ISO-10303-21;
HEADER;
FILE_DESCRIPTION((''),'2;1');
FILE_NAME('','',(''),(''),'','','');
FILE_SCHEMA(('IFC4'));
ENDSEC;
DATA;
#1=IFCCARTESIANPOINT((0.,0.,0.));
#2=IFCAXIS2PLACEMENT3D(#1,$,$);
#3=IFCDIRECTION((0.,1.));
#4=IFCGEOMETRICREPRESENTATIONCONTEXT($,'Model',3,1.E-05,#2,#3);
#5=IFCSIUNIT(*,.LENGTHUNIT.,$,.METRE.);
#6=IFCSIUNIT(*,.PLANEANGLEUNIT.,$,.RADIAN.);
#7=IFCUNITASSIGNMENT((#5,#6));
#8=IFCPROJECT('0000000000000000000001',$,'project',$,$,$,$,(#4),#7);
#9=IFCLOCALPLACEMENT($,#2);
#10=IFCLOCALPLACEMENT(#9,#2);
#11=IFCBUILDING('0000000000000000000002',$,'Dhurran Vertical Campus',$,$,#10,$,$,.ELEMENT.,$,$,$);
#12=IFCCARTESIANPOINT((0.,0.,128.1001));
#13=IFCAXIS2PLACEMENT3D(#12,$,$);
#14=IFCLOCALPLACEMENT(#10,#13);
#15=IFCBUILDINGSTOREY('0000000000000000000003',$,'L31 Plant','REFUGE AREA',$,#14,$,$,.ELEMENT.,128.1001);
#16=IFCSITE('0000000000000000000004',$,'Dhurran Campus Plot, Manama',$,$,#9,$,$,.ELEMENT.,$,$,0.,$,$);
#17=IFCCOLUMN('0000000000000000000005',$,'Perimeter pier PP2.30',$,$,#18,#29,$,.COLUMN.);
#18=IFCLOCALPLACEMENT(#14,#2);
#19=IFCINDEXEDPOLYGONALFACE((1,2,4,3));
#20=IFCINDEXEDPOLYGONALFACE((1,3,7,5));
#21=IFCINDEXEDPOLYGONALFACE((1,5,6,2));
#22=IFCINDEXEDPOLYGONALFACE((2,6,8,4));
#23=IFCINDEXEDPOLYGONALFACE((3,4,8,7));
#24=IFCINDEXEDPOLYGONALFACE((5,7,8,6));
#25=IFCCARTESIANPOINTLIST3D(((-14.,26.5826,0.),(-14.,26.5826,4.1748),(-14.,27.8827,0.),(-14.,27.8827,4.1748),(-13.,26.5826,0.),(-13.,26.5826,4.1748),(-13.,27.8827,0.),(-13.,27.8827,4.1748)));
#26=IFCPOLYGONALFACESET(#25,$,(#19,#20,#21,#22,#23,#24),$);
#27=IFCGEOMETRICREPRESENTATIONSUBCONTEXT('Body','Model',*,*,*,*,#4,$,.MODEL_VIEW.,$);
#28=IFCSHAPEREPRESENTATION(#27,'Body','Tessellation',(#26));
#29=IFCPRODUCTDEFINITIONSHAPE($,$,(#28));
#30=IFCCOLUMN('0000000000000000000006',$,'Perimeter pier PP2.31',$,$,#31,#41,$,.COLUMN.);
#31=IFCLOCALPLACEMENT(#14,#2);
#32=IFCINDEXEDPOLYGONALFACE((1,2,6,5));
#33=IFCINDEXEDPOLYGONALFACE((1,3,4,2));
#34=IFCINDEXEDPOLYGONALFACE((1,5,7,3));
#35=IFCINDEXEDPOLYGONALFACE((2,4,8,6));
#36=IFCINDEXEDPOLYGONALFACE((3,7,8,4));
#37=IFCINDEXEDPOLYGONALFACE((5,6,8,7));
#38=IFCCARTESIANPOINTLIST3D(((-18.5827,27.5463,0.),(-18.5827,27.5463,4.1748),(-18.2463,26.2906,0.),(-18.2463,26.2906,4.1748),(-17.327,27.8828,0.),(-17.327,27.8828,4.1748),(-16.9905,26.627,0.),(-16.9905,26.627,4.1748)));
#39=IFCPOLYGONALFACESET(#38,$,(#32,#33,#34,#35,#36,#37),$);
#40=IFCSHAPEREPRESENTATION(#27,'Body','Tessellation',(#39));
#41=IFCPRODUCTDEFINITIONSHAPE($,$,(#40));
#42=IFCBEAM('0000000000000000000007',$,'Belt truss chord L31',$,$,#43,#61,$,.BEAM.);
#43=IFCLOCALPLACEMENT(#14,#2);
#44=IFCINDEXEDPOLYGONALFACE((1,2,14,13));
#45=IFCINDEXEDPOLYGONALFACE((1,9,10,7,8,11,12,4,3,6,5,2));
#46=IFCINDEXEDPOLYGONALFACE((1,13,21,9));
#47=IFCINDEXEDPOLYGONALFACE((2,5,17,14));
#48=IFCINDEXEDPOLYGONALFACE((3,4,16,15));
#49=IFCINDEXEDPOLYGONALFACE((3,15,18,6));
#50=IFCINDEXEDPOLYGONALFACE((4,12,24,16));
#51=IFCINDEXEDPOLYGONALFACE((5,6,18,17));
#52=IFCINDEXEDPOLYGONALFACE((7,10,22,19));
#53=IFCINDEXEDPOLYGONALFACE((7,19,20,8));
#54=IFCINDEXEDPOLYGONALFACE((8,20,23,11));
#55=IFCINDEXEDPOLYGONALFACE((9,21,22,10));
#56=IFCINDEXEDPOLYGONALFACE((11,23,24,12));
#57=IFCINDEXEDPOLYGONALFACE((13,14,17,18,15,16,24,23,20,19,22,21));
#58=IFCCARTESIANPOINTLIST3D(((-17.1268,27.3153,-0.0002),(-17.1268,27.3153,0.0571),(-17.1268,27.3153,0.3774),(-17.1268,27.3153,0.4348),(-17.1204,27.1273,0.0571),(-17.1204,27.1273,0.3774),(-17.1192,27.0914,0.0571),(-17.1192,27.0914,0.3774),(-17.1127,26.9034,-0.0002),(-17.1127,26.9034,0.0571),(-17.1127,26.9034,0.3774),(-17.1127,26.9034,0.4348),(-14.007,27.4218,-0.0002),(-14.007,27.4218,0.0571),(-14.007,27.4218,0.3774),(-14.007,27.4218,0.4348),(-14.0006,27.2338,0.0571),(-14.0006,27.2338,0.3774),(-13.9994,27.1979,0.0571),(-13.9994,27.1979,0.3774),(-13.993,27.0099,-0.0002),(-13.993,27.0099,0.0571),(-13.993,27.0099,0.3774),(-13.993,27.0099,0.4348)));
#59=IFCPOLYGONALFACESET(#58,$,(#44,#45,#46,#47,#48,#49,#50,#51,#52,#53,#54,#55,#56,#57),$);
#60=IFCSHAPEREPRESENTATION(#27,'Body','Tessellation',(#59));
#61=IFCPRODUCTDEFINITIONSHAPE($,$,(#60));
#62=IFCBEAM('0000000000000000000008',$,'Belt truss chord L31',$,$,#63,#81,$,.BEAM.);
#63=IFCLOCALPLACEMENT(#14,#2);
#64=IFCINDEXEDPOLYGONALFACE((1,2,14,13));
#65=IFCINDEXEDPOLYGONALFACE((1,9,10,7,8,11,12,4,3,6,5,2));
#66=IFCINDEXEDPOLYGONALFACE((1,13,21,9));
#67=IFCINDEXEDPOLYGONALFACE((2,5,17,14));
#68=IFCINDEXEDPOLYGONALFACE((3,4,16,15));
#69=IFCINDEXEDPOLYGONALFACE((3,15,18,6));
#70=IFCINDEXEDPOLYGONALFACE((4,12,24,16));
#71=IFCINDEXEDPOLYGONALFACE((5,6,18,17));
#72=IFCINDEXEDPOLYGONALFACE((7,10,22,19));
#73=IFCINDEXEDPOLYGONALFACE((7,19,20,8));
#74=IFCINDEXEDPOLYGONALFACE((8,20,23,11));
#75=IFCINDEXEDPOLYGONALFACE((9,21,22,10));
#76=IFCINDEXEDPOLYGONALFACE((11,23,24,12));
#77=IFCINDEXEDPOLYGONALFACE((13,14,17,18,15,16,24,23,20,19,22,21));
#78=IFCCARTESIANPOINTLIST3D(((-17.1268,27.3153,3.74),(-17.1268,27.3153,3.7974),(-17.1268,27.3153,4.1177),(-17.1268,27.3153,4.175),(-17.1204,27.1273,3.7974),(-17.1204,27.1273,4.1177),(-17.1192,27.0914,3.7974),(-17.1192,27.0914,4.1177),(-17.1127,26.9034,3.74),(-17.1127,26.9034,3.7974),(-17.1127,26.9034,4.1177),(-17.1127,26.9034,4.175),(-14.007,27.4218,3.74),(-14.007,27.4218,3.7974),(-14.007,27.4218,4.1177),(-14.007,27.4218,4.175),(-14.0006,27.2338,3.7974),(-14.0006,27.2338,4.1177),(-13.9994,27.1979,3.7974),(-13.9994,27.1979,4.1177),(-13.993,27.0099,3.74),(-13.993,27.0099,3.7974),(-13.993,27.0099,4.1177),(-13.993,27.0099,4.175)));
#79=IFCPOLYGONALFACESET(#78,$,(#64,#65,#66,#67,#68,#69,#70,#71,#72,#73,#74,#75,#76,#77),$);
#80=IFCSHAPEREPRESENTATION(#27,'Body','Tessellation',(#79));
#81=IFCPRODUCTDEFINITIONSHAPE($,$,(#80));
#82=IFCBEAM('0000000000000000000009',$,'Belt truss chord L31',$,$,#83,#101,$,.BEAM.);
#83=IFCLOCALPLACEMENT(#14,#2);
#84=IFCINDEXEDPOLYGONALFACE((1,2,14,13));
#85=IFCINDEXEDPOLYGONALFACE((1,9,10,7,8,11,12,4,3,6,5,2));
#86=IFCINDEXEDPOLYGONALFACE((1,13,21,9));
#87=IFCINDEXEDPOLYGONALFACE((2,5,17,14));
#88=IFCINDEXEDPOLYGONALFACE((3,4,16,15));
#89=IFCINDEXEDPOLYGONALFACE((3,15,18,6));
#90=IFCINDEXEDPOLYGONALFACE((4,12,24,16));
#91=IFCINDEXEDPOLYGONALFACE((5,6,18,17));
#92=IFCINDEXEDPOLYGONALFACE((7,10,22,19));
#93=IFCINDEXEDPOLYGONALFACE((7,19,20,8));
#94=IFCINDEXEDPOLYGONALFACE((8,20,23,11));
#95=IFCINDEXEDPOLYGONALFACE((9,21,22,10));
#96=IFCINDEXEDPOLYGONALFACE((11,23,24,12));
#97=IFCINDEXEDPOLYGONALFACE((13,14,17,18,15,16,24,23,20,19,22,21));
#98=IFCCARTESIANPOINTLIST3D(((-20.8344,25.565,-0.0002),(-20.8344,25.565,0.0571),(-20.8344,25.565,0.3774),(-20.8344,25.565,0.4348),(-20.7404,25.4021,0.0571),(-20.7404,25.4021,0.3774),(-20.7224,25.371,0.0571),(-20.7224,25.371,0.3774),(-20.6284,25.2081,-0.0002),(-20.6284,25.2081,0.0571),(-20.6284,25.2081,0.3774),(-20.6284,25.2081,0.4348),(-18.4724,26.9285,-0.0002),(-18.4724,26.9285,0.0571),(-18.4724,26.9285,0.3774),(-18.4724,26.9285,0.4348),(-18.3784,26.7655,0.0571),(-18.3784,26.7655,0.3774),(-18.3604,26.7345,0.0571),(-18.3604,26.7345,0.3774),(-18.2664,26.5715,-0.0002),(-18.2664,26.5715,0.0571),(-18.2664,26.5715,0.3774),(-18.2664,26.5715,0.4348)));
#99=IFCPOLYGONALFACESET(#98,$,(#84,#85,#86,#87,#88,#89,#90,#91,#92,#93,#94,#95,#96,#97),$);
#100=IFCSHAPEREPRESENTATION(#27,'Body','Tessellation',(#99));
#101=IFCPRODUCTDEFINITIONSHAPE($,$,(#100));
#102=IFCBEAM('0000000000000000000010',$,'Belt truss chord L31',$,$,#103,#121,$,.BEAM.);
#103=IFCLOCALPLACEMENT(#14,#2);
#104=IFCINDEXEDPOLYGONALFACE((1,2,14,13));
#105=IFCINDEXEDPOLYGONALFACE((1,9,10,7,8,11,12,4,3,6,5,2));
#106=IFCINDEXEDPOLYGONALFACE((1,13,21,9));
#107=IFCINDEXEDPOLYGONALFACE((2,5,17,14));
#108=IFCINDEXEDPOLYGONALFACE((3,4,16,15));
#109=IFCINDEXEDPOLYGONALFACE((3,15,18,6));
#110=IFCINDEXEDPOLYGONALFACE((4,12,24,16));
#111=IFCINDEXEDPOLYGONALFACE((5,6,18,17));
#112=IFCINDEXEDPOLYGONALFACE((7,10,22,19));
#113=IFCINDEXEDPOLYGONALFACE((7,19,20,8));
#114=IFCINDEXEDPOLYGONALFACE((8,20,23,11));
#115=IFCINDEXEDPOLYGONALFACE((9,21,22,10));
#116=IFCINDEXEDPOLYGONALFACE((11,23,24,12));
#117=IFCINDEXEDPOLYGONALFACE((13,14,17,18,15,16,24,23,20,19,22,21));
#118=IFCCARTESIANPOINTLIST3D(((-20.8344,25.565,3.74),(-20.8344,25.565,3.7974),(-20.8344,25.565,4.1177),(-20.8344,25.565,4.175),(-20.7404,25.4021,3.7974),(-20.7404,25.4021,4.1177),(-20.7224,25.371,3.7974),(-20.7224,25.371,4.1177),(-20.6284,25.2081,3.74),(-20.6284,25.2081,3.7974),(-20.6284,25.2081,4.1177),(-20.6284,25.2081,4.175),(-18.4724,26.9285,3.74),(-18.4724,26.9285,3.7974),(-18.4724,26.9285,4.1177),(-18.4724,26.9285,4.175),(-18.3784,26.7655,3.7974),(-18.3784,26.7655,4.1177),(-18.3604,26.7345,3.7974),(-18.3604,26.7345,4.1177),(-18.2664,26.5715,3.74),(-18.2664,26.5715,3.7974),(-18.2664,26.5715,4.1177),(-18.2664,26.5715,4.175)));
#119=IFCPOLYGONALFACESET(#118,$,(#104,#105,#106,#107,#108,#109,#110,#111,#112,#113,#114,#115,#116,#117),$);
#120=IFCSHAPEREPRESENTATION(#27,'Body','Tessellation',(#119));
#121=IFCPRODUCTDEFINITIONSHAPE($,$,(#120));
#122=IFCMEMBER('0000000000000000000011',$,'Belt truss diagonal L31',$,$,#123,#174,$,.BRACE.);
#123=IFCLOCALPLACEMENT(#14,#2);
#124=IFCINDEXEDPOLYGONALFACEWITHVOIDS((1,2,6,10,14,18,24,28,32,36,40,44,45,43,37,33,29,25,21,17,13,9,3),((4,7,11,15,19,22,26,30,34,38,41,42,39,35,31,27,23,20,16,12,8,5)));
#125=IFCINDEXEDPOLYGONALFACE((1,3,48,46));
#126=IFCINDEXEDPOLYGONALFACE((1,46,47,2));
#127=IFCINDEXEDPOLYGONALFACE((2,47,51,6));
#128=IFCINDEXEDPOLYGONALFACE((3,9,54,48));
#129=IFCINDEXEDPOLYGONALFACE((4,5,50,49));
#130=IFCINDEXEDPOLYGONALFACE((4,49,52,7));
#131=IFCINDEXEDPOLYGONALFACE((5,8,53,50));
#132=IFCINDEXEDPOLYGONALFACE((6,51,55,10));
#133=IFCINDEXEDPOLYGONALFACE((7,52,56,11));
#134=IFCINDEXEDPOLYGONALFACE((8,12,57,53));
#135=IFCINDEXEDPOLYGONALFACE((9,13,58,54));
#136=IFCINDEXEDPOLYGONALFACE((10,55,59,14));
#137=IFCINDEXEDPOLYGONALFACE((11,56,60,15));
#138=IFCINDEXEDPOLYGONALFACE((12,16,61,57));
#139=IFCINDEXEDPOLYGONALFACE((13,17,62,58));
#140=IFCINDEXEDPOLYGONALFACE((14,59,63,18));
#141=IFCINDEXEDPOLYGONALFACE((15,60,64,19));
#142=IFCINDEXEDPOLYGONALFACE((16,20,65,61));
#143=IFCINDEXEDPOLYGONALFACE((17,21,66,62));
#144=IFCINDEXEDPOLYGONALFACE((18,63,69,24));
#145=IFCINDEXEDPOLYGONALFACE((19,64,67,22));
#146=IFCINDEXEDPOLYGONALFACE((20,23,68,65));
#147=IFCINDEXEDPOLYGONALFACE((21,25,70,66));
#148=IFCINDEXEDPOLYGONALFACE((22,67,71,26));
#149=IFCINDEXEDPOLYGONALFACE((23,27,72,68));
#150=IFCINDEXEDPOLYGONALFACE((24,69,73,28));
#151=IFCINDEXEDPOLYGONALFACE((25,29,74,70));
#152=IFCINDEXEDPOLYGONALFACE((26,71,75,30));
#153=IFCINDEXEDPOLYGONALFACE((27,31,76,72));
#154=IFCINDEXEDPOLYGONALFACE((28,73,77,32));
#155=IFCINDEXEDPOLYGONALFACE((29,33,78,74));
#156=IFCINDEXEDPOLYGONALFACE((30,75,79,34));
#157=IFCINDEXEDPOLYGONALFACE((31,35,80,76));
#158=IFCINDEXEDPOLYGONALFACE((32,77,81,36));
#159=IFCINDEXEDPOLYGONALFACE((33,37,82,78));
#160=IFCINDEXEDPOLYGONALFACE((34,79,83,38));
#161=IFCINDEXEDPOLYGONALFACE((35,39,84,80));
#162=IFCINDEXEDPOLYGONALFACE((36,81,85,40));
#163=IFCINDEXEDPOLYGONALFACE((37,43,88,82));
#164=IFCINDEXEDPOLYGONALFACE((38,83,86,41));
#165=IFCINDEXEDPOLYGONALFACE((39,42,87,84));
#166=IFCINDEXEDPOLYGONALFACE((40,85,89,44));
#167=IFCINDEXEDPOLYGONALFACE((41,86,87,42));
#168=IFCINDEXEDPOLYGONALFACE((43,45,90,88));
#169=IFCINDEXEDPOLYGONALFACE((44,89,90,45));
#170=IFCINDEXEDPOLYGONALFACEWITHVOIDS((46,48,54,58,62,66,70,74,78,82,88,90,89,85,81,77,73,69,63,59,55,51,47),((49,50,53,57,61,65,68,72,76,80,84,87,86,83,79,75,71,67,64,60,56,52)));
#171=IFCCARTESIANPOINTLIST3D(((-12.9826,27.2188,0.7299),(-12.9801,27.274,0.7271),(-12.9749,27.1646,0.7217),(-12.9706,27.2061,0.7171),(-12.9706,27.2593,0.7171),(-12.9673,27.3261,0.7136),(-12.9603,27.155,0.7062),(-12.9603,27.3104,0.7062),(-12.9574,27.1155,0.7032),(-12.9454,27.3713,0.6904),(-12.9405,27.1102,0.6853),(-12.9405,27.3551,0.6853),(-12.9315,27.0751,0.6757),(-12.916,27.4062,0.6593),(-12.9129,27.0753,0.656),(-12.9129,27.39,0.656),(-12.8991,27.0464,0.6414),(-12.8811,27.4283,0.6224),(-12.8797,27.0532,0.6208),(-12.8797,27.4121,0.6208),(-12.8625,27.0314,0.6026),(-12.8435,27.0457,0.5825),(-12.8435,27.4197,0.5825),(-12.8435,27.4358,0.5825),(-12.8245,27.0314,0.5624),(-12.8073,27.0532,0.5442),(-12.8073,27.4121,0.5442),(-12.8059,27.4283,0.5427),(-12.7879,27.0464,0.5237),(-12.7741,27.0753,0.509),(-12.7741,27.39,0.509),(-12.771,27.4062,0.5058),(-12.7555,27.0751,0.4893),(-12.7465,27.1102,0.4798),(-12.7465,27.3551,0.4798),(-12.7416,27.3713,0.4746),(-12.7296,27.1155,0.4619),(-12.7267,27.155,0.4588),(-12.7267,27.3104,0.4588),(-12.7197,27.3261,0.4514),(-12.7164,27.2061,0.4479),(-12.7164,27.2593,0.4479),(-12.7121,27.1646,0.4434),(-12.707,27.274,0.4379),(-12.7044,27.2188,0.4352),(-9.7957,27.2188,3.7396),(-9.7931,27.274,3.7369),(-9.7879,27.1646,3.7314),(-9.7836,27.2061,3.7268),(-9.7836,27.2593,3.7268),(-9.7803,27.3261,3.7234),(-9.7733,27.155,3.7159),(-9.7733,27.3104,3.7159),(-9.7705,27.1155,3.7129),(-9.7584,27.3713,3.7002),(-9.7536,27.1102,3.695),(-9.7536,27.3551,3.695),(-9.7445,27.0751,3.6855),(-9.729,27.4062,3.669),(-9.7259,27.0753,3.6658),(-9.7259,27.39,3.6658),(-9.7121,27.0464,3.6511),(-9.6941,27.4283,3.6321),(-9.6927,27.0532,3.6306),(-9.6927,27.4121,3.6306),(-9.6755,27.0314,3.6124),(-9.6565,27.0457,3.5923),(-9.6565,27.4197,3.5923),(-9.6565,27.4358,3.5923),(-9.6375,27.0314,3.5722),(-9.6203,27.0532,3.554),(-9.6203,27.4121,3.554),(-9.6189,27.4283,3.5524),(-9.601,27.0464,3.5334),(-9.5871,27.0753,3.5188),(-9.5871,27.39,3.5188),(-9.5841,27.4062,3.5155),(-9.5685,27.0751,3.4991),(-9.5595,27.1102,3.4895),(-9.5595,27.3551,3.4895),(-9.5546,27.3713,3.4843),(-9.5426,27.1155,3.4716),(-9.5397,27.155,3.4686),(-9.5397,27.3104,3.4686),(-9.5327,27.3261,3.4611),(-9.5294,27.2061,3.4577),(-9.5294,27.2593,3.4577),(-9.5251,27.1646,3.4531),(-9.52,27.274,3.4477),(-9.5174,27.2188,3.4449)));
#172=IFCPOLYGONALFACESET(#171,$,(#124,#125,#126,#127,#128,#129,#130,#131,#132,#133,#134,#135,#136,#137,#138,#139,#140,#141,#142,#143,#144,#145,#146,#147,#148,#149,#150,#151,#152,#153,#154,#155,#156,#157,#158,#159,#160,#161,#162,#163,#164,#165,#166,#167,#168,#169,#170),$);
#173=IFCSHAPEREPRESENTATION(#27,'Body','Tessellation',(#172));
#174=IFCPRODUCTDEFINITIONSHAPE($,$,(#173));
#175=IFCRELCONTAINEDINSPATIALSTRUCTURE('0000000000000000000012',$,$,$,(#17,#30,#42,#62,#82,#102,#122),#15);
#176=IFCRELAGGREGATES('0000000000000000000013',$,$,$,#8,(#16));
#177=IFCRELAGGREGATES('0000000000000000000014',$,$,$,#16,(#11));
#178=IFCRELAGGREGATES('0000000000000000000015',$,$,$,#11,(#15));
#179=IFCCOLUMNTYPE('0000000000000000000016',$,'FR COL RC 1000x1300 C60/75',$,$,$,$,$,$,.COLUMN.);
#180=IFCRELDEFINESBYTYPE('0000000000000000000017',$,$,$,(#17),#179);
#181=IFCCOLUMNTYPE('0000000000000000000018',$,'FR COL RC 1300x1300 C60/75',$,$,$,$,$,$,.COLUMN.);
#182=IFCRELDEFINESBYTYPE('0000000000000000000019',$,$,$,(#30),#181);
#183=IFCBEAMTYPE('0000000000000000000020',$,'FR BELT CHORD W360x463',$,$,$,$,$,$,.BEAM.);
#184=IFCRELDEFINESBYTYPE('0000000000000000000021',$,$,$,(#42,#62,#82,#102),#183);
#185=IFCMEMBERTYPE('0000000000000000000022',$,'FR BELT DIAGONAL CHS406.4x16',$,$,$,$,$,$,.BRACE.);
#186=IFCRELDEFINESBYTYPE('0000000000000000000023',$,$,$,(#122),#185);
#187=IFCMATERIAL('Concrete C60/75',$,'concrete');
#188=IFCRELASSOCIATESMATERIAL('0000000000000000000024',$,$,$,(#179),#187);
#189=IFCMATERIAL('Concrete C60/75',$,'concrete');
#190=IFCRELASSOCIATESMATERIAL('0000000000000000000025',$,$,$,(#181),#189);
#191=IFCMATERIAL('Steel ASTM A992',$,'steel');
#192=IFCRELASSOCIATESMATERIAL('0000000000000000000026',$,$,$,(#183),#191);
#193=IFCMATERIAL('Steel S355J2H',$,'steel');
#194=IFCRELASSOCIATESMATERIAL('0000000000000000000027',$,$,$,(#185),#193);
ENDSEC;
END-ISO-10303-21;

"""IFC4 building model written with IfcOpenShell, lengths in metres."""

from ifc_helpers import new_model, si_unit, direction, frame, origin, origin_2d, place, context, subcontext, project, spatial, rectangle, hollow_circle, i_section, extrude, material, material_profile, profile_set, type_object, element, save


model = new_model("IFC4")

# Units and contexts
model_context = context("Model", 3, precision=1e-05, world=origin(), true_north=direction((0.0, 1.0)))
body_context = subcontext(model_context, "Body", "Model", "MODEL_VIEW")
ifc_project = project(units=[si_unit("LENGTHUNIT", "METRE"), si_unit("PLANEANGLEUNIT", "RADIAN")], contexts=[model_context])

# Site, building, storey
site_placement = place(None, origin())
site = spatial("IfcSite", under=ifc_project, at=site_placement, Name="Dhurran Campus Plot, Manama", CompositionType="ELEMENT", RefElevation=0.0)
building_placement = place(site_placement, origin())
building = spatial("IfcBuilding", under=site, at=building_placement, Name="Dhurran Vertical Campus", CompositionType="ELEMENT")
storey_placement = place(building_placement, frame((0.0, 0.0, 128.1001)))
storey = spatial("IfcBuildingStorey", under=building, at=storey_placement, Name="L31 Plant", Description="REFUGE AREA", CompositionType="ELEMENT", Elevation=128.1001)

# Columns
ifc_material_1 = material(Name="Concrete C60/75", Category="concrete")
ifc_material_profile_1 = material_profile(ifc_material_1, rectangle(XDim=1.0, YDim=1.3, at=origin_2d()), Name="RC 1000x1300")
ifc_profile_set_1 = profile_set([ifc_material_profile_1], Name="Concrete C60/75")
column_type_1 = type_object("IfcColumnType", Name="FR COL RC 1000x1300 C60/75", PredefinedType="COLUMN", material=ifc_profile_set_1)
column_1_placement = place(storey_placement, frame((-13.5, 27.2327, 0.0), z_axis=(0.0, 0.0, 1.0), x_axis=(-1.0, 0.0, 0.0)))
element("IfcColumn", 1, at=column_1_placement, inside=storey, type_object=column_type_1, Name="Perimeter pier PP2.30", PredefinedType="COLUMN", context=body_context, shape_type="SweptSolid", body=[
    extrude(rectangle(XDim=1.0, YDim=1.3, at=origin_2d()), origin(), (0.0, 0.0, 1.0), 4.1748),
])
ifc_material_2 = material(Name="Concrete C60/75", Category="concrete")
ifc_material_profile_2 = material_profile(ifc_material_2, rectangle(XDim=1.3, YDim=1.3, at=origin_2d()), Name="RC 1300x1300")
ifc_profile_set_2 = profile_set([ifc_material_profile_2], Name="Concrete C60/75")
column_type_2 = type_object("IfcColumnType", Name="FR COL RC 1300x1300 C60/75", PredefinedType="COLUMN", material=ifc_profile_set_2)
column_2_placement = place(storey_placement, frame((-17.7866, 27.0867, 0.0), z_axis=(0.0, 0.0, 1.0), x_axis=(-0.965926, -0.258819, 0.0)))
element("IfcColumn", 2, at=column_2_placement, inside=storey, type_object=column_type_2, Name="Perimeter pier PP2.31", PredefinedType="COLUMN", context=body_context, shape_type="SweptSolid", body=[
    extrude(rectangle(XDim=1.3, YDim=1.3, at=origin_2d()), origin(), (0.0, 0.0, 1.0), 4.1748),
])

# Beams
ifc_material_3 = material(Name="Steel ASTM A992", Category="steel")
ifc_material_profile_3 = material_profile(ifc_material_3, i_section(OverallWidth=0.4121, OverallDepth=0.4351, WebThickness=0.0359, FlangeThickness=0.0574, at=origin_2d()), Name="W360x463")
ifc_profile_set_3 = profile_set([ifc_material_profile_3], Name="Steel ASTM A992")
beam_type = type_object("IfcBeamType", Name="FR BELT CHORD W360x463", PredefinedType="BEAM", material=ifc_profile_set_3)
for number, where, z_axis, x_axis, name in (
    (3, (-14.0, 27.2158, 0.2173), (-0.999418, -0.034099, 0.0), (0.034099, -0.999418, 0.0), "Belt truss chord L31"),
    (4, (-14.0, 27.2158, 3.9575), (-0.999418, -0.034099, 0.0), (0.034099, -0.999418, 0.0), "Belt truss chord L31"),
):
    element("IfcBeam", number, at=place(storey_placement, frame(where, z_axis=z_axis, x_axis=x_axis)), inside=storey, type_object=beam_type, Name=name, PredefinedType="BEAM", context=body_context, shape_type="SweptSolid", body=[
        extrude(i_section(OverallWidth=0.4121, OverallDepth=0.4351, WebThickness=0.0359, FlangeThickness=0.0574, at=origin_2d()), origin(), (0.0, 0.0, 1.0), 3.1216),
    ])
for number, where, z_axis, x_axis, name in (
    (5, (-18.3694, 26.75, 0.2173), (-0.866059, -0.499942, 0.0), (0.499942, -0.866059, 0.0), "Belt truss chord L31"),
    (6, (-18.3694, 26.75, 3.9575), (-0.866059, -0.499942, 0.0), (0.499942, -0.866059, 0.0), "Belt truss chord L31"),
):
    element("IfcBeam", number, at=place(storey_placement, frame(where, z_axis=z_axis, x_axis=x_axis)), inside=storey, type_object=beam_type, Name=name, PredefinedType="BEAM", context=body_context, shape_type="SweptSolid", body=[
        extrude(i_section(OverallWidth=0.4121, OverallDepth=0.4351, WebThickness=0.0359, FlangeThickness=0.0574, at=origin_2d()), origin(), (0.0, 0.0, 1.0), 2.7273),
    ])

# Member
ifc_material_4 = material(Name="Steel S355J2H", Category="steel")
ifc_material_profile_4 = material_profile(ifc_material_4, hollow_circle(Radius=0.2031, WallThickness=0.0161, at=origin_2d()), Name="CHS406.4x16")
ifc_profile_set_4 = profile_set([ifc_material_profile_4], Name="Steel S355J2H")
member_type = type_object("IfcMemberType", Name="FR BELT DIAGONAL CHS406.4x16", PredefinedType="BRACE", material=ifc_profile_set_4)
member_1_placement = place(storey_placement, frame((-12.8435, 27.2327, 0.5825), z_axis=(0.727035, 0.0, 0.686601), x_axis=(0.0, 1.0, 0.0)))
element("IfcMember", 7, at=member_1_placement, inside=storey, type_object=member_type, Name="Belt truss diagonal L31", PredefinedType="BRACE", context=body_context, shape_type="SweptSolid", body=[
    extrude(hollow_circle(Radius=0.2031, WallThickness=0.0161, at=origin_2d()), origin(), (0.0, 0.0, 1.0), 4.3835),
])

save(model, "model.ifc")
